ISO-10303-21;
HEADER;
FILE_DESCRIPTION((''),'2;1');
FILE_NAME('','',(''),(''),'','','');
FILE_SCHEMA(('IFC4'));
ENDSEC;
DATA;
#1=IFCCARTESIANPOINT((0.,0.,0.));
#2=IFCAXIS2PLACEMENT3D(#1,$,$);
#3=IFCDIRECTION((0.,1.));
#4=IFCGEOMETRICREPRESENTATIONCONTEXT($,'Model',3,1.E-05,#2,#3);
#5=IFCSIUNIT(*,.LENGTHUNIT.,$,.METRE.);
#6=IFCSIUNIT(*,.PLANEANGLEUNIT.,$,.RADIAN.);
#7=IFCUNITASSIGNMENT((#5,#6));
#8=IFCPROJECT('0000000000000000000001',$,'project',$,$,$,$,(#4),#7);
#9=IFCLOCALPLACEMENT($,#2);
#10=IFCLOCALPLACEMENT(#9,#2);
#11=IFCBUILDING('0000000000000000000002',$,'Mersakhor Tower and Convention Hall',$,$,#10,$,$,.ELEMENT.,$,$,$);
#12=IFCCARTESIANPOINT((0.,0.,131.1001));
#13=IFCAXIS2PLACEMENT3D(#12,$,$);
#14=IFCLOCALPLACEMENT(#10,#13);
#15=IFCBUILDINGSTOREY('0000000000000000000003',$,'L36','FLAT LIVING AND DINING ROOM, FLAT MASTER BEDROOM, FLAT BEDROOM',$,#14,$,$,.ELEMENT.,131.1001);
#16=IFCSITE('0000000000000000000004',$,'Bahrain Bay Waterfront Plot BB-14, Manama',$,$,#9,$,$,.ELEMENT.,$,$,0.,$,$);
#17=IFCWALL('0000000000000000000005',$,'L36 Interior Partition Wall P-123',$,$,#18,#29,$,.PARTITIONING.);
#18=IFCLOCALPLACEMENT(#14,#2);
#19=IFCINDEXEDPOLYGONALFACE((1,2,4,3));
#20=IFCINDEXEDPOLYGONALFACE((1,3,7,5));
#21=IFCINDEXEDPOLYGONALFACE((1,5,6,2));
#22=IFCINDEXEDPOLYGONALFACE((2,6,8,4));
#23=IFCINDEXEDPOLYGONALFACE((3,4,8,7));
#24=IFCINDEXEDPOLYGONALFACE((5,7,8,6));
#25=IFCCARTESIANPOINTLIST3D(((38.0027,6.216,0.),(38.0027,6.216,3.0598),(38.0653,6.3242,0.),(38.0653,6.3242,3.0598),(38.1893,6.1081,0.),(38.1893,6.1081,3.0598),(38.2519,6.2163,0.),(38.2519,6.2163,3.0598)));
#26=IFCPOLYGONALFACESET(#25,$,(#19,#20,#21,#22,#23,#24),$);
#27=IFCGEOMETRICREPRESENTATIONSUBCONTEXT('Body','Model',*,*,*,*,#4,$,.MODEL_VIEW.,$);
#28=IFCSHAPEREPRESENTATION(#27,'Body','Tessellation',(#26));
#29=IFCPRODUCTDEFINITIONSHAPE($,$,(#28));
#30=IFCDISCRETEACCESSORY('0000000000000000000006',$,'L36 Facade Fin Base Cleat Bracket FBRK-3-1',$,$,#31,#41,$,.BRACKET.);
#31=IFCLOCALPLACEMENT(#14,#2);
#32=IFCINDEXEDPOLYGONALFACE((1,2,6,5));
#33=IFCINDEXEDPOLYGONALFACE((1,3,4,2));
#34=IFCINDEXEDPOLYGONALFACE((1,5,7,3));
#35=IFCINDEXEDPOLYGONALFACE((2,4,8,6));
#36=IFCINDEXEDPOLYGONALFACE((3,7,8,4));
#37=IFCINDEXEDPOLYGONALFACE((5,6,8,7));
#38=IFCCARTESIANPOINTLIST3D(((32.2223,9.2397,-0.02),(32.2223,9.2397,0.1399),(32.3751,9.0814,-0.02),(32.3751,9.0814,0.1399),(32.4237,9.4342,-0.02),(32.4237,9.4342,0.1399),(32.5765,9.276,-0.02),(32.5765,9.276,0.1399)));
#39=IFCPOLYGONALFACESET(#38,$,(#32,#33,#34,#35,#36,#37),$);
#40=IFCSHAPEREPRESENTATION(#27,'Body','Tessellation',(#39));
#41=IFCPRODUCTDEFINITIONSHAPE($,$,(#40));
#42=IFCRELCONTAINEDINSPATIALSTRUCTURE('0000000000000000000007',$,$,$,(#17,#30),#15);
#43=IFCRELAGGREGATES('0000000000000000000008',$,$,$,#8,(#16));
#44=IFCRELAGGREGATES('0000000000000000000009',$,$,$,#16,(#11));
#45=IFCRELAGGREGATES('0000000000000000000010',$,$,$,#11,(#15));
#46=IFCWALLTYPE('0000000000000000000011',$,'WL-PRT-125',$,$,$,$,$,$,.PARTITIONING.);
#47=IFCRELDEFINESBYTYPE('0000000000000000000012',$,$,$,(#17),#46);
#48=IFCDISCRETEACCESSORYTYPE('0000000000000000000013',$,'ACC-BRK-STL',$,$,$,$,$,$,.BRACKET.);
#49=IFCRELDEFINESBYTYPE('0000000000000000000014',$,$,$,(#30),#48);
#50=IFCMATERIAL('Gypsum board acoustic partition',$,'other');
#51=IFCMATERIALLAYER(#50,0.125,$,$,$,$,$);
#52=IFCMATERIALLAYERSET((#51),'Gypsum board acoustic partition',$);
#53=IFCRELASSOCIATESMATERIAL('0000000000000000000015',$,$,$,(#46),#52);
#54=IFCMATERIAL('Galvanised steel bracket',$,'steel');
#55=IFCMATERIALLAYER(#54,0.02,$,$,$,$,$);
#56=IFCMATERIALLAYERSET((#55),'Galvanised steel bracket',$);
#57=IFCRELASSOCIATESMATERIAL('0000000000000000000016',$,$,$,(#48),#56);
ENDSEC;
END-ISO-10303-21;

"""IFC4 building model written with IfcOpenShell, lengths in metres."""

from ifc_helpers import new_model, si_unit, direction, frame, frame_2d, origin, origin_2d, place, context, subcontext, project, spatial, rectangle, extrude, material, layer, layer_set, type_object, element, save


model = new_model("IFC4")

# Units and contexts
model_context = context("Model", 3, precision=1e-05, world=origin(), true_north=direction((0.0, 1.0)))
body_context = subcontext(model_context, "Body", "Model", "MODEL_VIEW")
ifc_project = project(units=[si_unit("LENGTHUNIT", "METRE"), si_unit("PLANEANGLEUNIT", "RADIAN")], contexts=[model_context])

# Site, building, storey
site_placement = place(None, origin())
site = spatial("IfcSite", under=ifc_project, at=site_placement, Name="Bahrain Bay Waterfront Plot BB-14, Manama", CompositionType="ELEMENT", RefElevation=0.0)
building_placement = place(site_placement, origin())
building = spatial("IfcBuilding", under=site, at=building_placement, Name="Mersakhor Tower and Convention Hall", CompositionType="ELEMENT")
storey_placement = place(building_placement, frame((0.0, 0.0, 131.1001)))
storey = spatial("IfcBuildingStorey", under=building, at=storey_placement, Name="L36", Description="FLAT LIVING AND DINING ROOM, FLAT MASTER BEDROOM, FLAT BEDROOM", CompositionType="ELEMENT", Elevation=131.1001)

# Wall
ifc_material_1 = material(Name="Gypsum board acoustic partition", Category="other")
ifc_layer_1 = layer(ifc_material_1, 0.125)
ifc_layer_set_1 = layer_set([ifc_layer_1], Name="Gypsum board acoustic partition")
wall_type_1 = type_object("IfcWallType", Name="WL-PRT-125", PredefinedType="PARTITIONING", material=ifc_layer_set_1)
wall_1_placement = place(storey_placement, frame((38.2207, 6.1621, 0.0), z_axis=(0.0, 0.0, 1.0), x_axis=(-0.865581, 0.500768, 0.0)))
element("IfcWall", 1, at=wall_1_placement, inside=storey, type_object=wall_type_1, Name="L36 Interior Partition Wall P-123", PredefinedType="PARTITIONING", context=body_context, shape_type="SweptSolid", body=[
    extrude(rectangle(XDim=0.2156, YDim=0.125, at=frame_2d((0.1079, 0.0))), origin(), (0.0, 0.0, 1.0), 3.0598),
])

# Discrete accessory
ifc_material_2 = material(Name="Galvanised steel bracket", Category="steel")
ifc_layer_2 = layer(ifc_material_2, 0.02)
ifc_layer_set_2 = layer_set([ifc_layer_2], Name="Galvanised steel bracket")
discrete_accessory_type = type_object("IfcDiscreteAccessoryType", Name="ACC-BRK-STL", PredefinedType="BRACKET", material=ifc_layer_set_2)
discrete_accessory_placement = place(storey_placement, frame((32.3994, 9.2578, -0.02), z_axis=(0.0, 0.0, 1.0), x_axis=(-0.71934, -0.694658, 0.0)))
element("IfcDiscreteAccessory", 2, at=discrete_accessory_placement, inside=storey, type_object=discrete_accessory_type, Name="L36 Facade Fin Base Cleat Bracket FBRK-3-1", PredefinedType="BRACKET", context=body_context, shape_type="SweptSolid", body=[
    extrude(rectangle(XDim=0.28, YDim=0.22, at=origin_2d()), origin(), (0.0, 0.0, 1.0), 0.1599),
])

save(model, "model.ifc")
